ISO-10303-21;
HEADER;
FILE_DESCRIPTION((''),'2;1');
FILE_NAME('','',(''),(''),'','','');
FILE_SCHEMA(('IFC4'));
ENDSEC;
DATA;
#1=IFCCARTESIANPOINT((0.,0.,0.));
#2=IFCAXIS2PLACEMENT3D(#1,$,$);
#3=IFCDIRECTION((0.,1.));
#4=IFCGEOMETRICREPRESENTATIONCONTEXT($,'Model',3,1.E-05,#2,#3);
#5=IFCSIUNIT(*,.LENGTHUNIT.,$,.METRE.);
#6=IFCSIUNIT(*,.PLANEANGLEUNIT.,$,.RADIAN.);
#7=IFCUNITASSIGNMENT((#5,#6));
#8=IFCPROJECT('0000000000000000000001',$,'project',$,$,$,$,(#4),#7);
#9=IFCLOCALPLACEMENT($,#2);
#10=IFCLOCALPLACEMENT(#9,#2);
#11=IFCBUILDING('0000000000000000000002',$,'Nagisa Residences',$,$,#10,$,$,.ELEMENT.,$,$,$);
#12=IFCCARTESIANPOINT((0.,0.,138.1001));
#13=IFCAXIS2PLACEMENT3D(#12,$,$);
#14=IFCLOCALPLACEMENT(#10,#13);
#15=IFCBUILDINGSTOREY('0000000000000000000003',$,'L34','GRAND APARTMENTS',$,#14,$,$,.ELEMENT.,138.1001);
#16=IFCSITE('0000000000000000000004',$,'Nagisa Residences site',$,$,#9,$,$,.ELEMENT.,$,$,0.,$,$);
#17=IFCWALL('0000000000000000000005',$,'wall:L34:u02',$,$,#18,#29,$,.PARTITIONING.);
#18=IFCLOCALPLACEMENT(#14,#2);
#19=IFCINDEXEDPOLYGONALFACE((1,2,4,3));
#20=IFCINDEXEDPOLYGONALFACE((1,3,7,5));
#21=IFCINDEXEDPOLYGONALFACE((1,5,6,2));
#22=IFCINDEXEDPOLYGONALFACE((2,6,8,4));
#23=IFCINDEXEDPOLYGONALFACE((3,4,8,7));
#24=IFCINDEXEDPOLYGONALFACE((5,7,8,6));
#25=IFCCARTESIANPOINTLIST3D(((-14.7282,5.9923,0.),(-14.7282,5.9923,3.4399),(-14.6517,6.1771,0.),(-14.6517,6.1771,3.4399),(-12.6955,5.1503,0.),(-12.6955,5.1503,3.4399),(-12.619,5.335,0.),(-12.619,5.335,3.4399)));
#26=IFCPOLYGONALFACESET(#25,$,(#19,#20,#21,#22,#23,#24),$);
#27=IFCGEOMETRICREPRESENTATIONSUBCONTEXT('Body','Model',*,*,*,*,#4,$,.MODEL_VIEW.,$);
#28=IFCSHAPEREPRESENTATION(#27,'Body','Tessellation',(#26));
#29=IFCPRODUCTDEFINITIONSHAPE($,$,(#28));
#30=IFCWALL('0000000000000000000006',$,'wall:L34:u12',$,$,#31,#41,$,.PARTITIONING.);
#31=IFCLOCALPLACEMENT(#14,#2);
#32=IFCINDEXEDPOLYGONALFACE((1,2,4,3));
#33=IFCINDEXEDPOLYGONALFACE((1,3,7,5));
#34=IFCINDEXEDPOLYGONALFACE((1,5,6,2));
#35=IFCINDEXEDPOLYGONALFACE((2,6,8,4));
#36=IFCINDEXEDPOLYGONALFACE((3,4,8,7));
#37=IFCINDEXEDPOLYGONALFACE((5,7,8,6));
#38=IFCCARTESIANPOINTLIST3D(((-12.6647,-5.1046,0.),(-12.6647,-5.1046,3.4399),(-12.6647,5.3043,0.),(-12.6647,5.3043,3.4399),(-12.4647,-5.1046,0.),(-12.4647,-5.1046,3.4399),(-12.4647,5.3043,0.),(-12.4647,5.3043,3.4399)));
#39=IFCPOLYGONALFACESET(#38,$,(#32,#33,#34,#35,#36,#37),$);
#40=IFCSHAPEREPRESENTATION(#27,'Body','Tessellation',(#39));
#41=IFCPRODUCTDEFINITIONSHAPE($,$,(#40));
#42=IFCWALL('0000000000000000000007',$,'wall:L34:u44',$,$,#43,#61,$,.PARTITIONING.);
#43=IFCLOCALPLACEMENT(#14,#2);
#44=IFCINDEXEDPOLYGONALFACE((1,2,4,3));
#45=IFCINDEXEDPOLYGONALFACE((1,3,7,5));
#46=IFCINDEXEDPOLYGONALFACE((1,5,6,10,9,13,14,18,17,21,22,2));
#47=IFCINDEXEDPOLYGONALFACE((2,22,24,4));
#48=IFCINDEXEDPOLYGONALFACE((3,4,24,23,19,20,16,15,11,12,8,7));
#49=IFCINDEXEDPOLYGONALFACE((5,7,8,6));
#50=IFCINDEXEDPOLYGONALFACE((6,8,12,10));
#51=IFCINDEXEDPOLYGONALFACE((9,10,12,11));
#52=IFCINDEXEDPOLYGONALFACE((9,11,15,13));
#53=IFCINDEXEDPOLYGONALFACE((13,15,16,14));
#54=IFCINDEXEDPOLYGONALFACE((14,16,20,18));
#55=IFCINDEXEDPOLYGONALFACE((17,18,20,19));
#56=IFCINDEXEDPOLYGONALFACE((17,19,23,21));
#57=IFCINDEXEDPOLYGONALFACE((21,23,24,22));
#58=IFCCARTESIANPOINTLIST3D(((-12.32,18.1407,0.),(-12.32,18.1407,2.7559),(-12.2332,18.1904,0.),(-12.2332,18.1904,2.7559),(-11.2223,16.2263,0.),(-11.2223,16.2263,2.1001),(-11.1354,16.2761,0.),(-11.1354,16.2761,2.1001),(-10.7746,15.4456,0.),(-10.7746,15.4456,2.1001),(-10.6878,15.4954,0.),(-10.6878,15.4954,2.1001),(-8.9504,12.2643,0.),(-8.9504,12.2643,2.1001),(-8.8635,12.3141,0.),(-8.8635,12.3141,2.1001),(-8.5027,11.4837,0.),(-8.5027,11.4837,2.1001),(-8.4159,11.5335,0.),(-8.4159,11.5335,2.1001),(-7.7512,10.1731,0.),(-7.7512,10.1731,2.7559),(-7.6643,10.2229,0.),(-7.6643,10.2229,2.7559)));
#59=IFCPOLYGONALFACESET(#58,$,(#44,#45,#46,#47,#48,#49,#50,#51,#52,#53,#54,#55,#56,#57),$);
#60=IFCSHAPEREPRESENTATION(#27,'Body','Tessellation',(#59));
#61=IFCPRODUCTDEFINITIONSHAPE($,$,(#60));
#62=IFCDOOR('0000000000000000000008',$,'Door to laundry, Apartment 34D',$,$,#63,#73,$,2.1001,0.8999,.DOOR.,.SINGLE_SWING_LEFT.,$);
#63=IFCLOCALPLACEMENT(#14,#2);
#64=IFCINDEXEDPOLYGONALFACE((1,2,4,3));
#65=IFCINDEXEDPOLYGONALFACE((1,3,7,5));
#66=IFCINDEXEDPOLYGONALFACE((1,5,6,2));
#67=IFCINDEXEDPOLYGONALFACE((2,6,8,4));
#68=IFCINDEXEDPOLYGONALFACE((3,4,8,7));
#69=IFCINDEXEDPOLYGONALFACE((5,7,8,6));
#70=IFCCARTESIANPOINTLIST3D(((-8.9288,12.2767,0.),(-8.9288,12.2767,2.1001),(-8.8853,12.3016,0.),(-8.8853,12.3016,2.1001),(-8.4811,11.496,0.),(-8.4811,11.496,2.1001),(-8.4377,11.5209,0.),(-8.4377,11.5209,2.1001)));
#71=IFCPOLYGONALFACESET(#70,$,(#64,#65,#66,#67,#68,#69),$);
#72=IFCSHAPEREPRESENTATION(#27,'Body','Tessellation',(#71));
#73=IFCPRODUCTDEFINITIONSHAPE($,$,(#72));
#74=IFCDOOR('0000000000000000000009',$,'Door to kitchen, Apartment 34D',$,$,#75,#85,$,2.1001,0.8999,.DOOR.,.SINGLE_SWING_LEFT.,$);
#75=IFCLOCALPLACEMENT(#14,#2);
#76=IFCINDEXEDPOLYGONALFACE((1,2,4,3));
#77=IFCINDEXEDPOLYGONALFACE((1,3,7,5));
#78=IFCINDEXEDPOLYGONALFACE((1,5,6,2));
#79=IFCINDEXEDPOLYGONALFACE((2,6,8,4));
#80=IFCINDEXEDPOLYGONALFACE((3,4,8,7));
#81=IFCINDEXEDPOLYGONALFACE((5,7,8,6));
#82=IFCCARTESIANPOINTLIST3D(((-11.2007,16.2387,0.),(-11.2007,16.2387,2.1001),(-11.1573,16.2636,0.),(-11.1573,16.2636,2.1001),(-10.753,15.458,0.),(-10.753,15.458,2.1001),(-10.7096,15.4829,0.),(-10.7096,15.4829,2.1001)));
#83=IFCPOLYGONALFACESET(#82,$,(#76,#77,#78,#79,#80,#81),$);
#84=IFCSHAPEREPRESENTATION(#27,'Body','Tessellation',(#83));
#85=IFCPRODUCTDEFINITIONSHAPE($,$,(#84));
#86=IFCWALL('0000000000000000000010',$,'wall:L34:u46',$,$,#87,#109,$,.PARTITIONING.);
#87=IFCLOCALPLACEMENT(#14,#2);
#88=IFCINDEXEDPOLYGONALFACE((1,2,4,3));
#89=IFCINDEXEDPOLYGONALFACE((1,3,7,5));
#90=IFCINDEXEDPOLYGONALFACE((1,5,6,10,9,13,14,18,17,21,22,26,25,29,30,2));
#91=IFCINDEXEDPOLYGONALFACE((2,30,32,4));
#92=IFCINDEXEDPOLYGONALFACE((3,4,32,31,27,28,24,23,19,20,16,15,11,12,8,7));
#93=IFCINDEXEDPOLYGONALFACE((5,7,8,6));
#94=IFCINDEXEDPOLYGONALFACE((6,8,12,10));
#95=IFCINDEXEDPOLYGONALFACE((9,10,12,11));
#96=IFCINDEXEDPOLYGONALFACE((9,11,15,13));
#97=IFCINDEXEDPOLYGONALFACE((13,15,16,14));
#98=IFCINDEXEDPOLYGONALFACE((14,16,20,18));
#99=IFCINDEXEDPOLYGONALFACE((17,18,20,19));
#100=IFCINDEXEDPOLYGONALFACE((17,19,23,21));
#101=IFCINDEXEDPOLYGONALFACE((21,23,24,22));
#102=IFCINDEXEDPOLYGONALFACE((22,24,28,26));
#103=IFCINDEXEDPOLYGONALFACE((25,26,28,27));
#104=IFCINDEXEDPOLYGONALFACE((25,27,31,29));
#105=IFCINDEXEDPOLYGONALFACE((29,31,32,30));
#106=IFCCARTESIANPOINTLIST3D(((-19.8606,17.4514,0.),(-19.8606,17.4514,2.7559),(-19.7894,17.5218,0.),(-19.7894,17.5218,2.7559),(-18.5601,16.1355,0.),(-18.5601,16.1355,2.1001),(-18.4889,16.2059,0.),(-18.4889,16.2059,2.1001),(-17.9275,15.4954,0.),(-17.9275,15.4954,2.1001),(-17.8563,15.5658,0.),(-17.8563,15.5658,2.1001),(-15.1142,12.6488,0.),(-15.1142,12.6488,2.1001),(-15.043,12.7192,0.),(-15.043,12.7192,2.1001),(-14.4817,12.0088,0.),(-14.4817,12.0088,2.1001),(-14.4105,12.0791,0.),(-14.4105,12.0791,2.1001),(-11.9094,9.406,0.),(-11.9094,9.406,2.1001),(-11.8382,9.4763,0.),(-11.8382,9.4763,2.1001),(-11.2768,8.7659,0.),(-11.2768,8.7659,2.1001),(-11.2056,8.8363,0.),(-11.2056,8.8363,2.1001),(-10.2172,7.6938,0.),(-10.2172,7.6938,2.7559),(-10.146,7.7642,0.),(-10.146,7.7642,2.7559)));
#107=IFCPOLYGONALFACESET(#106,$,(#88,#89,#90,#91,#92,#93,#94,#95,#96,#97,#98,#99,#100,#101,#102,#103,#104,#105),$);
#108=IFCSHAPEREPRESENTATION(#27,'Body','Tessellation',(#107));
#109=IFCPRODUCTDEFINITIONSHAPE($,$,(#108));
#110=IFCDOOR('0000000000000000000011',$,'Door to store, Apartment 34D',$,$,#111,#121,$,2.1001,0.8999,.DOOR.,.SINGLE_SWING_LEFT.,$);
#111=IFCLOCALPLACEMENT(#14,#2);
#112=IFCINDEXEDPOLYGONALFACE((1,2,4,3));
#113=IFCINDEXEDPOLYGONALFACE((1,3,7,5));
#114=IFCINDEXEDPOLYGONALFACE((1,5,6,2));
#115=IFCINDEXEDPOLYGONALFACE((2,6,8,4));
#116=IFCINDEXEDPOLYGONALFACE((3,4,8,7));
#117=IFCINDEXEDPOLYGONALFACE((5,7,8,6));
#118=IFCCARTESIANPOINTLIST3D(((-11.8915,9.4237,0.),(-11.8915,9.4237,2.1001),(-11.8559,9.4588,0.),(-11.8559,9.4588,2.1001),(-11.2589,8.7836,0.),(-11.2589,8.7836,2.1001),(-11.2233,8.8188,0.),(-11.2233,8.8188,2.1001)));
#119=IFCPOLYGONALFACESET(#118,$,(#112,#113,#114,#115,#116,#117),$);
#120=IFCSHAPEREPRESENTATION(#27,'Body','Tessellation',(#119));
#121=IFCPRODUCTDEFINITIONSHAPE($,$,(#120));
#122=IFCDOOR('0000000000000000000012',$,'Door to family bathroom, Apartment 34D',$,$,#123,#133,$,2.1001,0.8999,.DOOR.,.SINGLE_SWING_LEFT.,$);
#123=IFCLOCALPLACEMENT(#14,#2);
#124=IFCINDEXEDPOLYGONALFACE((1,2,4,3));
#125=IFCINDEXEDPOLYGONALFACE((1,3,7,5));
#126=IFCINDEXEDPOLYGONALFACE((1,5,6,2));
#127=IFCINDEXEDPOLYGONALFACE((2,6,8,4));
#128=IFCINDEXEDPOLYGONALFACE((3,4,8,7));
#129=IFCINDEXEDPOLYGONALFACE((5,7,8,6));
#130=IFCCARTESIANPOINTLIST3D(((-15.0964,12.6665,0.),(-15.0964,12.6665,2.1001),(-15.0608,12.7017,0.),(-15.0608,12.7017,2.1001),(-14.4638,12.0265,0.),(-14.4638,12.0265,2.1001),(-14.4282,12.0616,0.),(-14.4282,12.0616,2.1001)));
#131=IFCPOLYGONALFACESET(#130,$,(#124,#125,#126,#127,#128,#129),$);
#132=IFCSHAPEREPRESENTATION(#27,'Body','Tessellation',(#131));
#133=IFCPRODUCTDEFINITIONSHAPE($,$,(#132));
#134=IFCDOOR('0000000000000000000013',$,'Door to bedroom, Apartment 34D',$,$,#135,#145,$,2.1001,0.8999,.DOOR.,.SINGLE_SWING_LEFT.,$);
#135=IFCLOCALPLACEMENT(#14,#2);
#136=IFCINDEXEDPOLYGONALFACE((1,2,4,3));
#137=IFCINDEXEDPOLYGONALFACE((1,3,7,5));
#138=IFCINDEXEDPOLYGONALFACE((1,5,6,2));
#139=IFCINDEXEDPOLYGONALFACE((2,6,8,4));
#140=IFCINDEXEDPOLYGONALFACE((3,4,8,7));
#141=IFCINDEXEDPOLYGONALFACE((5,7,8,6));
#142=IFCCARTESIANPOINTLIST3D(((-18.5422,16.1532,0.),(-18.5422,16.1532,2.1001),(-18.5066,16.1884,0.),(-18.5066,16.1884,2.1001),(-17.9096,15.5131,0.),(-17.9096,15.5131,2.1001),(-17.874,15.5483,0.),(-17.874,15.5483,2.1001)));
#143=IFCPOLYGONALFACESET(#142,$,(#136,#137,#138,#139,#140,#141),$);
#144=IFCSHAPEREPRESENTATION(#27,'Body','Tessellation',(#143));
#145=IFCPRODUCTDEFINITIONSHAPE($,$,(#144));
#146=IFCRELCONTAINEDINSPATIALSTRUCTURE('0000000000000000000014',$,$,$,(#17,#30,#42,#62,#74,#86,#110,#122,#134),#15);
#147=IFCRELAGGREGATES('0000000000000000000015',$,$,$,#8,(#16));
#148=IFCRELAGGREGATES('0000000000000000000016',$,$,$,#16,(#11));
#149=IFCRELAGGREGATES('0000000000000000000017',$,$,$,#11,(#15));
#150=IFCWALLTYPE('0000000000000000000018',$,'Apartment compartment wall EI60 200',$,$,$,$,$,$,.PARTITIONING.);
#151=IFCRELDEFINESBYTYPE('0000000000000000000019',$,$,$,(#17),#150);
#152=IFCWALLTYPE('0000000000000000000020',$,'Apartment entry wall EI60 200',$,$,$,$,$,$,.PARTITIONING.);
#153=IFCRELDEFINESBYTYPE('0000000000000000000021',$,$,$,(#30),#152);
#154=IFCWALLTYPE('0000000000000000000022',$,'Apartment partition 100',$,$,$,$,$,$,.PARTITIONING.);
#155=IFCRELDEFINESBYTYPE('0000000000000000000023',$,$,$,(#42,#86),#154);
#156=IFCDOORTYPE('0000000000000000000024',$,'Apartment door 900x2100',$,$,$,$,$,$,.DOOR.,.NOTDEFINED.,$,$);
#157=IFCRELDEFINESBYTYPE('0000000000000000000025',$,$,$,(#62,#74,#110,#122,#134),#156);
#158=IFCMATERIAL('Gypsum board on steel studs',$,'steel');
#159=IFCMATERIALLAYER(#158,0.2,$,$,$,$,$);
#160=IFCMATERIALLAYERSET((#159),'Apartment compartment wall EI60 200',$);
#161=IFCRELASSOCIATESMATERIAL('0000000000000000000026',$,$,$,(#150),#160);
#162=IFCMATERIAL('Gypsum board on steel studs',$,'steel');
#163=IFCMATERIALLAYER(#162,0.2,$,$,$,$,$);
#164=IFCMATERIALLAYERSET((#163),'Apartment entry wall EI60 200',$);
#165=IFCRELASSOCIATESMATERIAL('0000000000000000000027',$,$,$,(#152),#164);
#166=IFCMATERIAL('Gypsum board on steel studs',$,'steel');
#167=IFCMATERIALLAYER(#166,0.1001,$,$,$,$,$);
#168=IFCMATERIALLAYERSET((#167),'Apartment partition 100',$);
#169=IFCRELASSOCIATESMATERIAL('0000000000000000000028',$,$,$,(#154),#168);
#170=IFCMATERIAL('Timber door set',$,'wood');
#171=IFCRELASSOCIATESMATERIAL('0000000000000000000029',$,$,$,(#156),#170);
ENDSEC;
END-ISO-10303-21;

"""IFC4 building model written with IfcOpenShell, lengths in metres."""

from ifc_helpers import new_model, si_unit, direction, frame, frame_2d, origin, place, context, subcontext, project, spatial, rectangle, extrude, material, layer, layer_set, type_object, element, fill, save


model = new_model("IFC4")

# Units and contexts
model_context = context("Model", 3, precision=1e-05, world=origin(), true_north=direction((0.0, 1.0)))
body_context = subcontext(model_context, "Body", "Model", "MODEL_VIEW")
ifc_project = project(units=[si_unit("LENGTHUNIT", "METRE"), si_unit("PLANEANGLEUNIT", "RADIAN")], contexts=[model_context])

# Site, building, storey
site_placement = place(None, origin())
site = spatial("IfcSite", under=ifc_project, at=site_placement, Name="Nagisa Residences site", CompositionType="ELEMENT", RefElevation=0.0)
building_placement = place(site_placement, origin())
building = spatial("IfcBuilding", under=site, at=building_placement, Name="Nagisa Residences", CompositionType="ELEMENT")
storey_placement = place(building_placement, frame((0.0, 0.0, 138.1001)))
storey = spatial("IfcBuildingStorey", under=building, at=storey_placement, Name="L34", Description="GRAND APARTMENTS", CompositionType="ELEMENT", Elevation=138.1001)

# Walls
ifc_material_1 = material(Name="Gypsum board on steel studs", Category="steel")
ifc_layer_1 = layer(ifc_material_1, 0.2)
ifc_layer_set_1 = layer_set([ifc_layer_1], Name="Apartment compartment wall EI60 200")
wall_type_1 = type_object("IfcWallType", Name="Apartment compartment wall EI60 200", PredefinedType="PARTITIONING", material=ifc_layer_set_1)
wall_1_placement = place(storey_placement, frame((-12.6572, 5.2427, 0.0), z_axis=(0.0, 0.0, 1.0), x_axis=(-0.923869, 0.382708, 0.0)))
element("IfcWall", 1, at=wall_1_placement, inside=storey, type_object=wall_type_1, Name="wall:L34:u02", PredefinedType="PARTITIONING", context=body_context, shape_type="SweptSolid", body=[
    extrude(rectangle(XDim=2.2002, YDim=0.2, at=frame_2d((1.1001, 0.0))), origin(), (0.0, 0.0, 1.0), 3.4399),
])
ifc_material_2 = material(Name="Gypsum board on steel studs", Category="steel")
ifc_layer_2 = layer(ifc_material_2, 0.2)
ifc_layer_set_2 = layer_set([ifc_layer_2], Name="Apartment entry wall EI60 200")
wall_type_2 = type_object("IfcWallType", Name="Apartment entry wall EI60 200", PredefinedType="PARTITIONING", material=ifc_layer_set_2)
wall_2_placement = place(storey_placement, frame((-12.5647, 5.3044, 0.0), z_axis=(0.0, 0.0, 1.0), x_axis=(0.0, -1.0, 0.0)))
element("IfcWall", 2, at=wall_2_placement, inside=storey, type_object=wall_type_2, Name="wall:L34:u12", PredefinedType="PARTITIONING", context=body_context, shape_type="SweptSolid", body=[
    extrude(rectangle(XDim=10.4089, YDim=0.2, at=frame_2d((5.2046, 0.0))), origin(), (0.0, 0.0, 1.0), 3.4399),
])

# Walls, openings, doors
ifc_material_3 = material(Name="Gypsum board on steel studs", Category="steel")
ifc_layer_3 = layer(ifc_material_3, 0.1001)
ifc_layer_set_3 = layer_set([ifc_layer_3], Name="Apartment partition 100")
wall_type_3 = type_object("IfcWallType", Name="Apartment partition 100", PredefinedType="PARTITIONING", material=ifc_layer_set_3)
wall_3_placement = place(storey_placement, frame((-7.7078, 10.198, 0.0), z_axis=(0.0, 0.0, 1.0), x_axis=(-0.497449, 0.867493, 0.0)))
wall_3 = element("IfcWall", 3, at=wall_3_placement, inside=storey, type_object=wall_type_3, Name="wall:L34:u44", PredefinedType="PARTITIONING", context=body_context, shape_type="SweptSolid", body=[
    extrude(rectangle(XDim=9.1846, YDim=0.1001, at=frame_2d((4.5923, 0.0))), origin(), (0.0, 0.0, 1.0), 2.7559),
])
opening_1_placement = place(wall_3_placement, frame((1.5107, 0.0, 0.0)))
opening_1 = element("IfcOpeningElement", 4, at=opening_1_placement, cuts=wall_3, PredefinedType="OPENING", context=body_context, shape_type="SweptSolid", body=[
    extrude(rectangle(XDim=0.8999, YDim=2.1001, at=frame_2d((0.45, 1.05))), frame((0.0, 0.0601, 0.0), z_axis=(0.0, -1.0, 0.0), x_axis=(1.0, 0.0, 0.0)), (0.0, 0.0, 1.0), 0.1201),
])
opening_2_placement = place(wall_3_placement, frame((6.0779, 0.0, 0.0)))
opening_2 = element("IfcOpeningElement", 5, at=opening_2_placement, cuts=wall_3, PredefinedType="OPENING", context=body_context, shape_type="SweptSolid", body=[
    extrude(rectangle(XDim=0.8999, YDim=2.1001, at=frame_2d((0.45, 1.05))), frame((0.0, 0.0601, 0.0), z_axis=(0.0, -1.0, 0.0), x_axis=(1.0, 0.0, 0.0)), (0.0, 0.0, 1.0), 0.1201),
])
ifc_material_4 = material(Name="Timber door set", Category="wood")
door_type_1 = type_object("IfcDoorType", Name="Apartment door 900x2100", OperationType="NOTDEFINED", PredefinedType="DOOR", material=ifc_material_4)
door_1_placement = place(opening_1_placement, frame((0.8999, 0.0, 0.0), x_axis=(-1.0, 0.0, 0.0)))
door_1 = element("IfcDoor", 6, at=door_1_placement, inside=storey, type_object=door_type_1, Name="Door to laundry, Apartment 34D", OperationType="SINGLE_SWING_LEFT", OverallHeight=2.1001, OverallWidth=0.8999, PredefinedType="DOOR", context=body_context, shape_type="SweptSolid", body=[
    extrude(rectangle(XDim=0.8999, YDim=2.1001, at=frame_2d((0.45, 1.05))), frame((0.0, 0.0249, 0.0), z_axis=(0.0, -1.0, 0.0), x_axis=(1.0, 0.0, 0.0)), (0.0, 0.0, 1.0), 0.05),
])
fill(opening_1, door_1)
door_2_placement = place(opening_2_placement, frame((0.8999, 0.0, 0.0), x_axis=(-1.0, 0.0, 0.0)))
door_2 = element("IfcDoor", 7, at=door_2_placement, inside=storey, type_object=door_type_1, Name="Door to kitchen, Apartment 34D", OperationType="SINGLE_SWING_LEFT", OverallHeight=2.1001, OverallWidth=0.8999, PredefinedType="DOOR", context=body_context, shape_type="SweptSolid", body=[
    extrude(rectangle(XDim=0.8999, YDim=2.1001, at=frame_2d((0.45, 1.05))), frame((0.0, 0.0249, 0.0), z_axis=(0.0, -1.0, 0.0), x_axis=(1.0, 0.0, 0.0)), (0.0, 0.0, 1.0), 0.05),
])
fill(opening_2, door_2)
wall_4_placement = place(storey_placement, frame((-10.1816, 7.729, 0.0), z_axis=(0.0, 0.0, 1.0), x_axis=(-0.70293, 0.711259, 0.0)))
wall_4 = element("IfcWall", 8, at=wall_4_placement, inside=storey, type_object=wall_type_3, Name="wall:L34:u46", PredefinedType="PARTITIONING", context=body_context, shape_type="SweptSolid", body=[
    extrude(rectangle(XDim=13.7188, YDim=0.1001, at=frame_2d((6.8594, 0.0))), origin(), (0.0, 0.0, 1.0), 2.7559),
])
opening_3_placement = place(wall_4_placement, frame((1.5073, 0.0, 0.0)))
opening_3 = element("IfcOpeningElement", 9, at=opening_3_placement, cuts=wall_4, PredefinedType="OPENING", context=body_context, shape_type="SweptSolid", body=[
    extrude(rectangle(XDim=0.8999, YDim=2.1001, at=frame_2d((0.45, 1.05))), frame((0.0, 0.0601, 0.0), z_axis=(0.0, -1.0, 0.0), x_axis=(1.0, 0.0, 0.0)), (0.0, 0.0, 1.0), 0.1201),
])
opening_4_placement = place(wall_4_placement, frame((6.0667, 0.0, 0.0)))
opening_4 = element("IfcOpeningElement", 10, at=opening_4_placement, cuts=wall_4, PredefinedType="OPENING", context=body_context, shape_type="SweptSolid", body=[
    extrude(rectangle(XDim=0.8999, YDim=2.1001, at=frame_2d((0.45, 1.05))), frame((0.0, 0.0601, 0.0), z_axis=(0.0, -1.0, 0.0), x_axis=(1.0, 0.0, 0.0)), (0.0, 0.0, 1.0), 0.1201),
])
opening_5_placement = place(wall_4_placement, frame((10.9688, 0.0, 0.0)))
opening_5 = element("IfcOpeningElement", 11, at=opening_5_placement, cuts=wall_4, PredefinedType="OPENING", context=body_context, shape_type="SweptSolid", body=[
    extrude(rectangle(XDim=0.8999, YDim=2.1001, at=frame_2d((0.45, 1.05))), frame((0.0, 0.0601, 0.0), z_axis=(0.0, -1.0, 0.0), x_axis=(1.0, 0.0, 0.0)), (0.0, 0.0, 1.0), 0.1201),
])
door_3_placement = place(opening_3_placement, origin())
door_3 = element("IfcDoor", 12, at=door_3_placement, inside=storey, type_object=door_type_1, Name="Door to store, Apartment 34D", OperationType="SINGLE_SWING_LEFT", OverallHeight=2.1001, OverallWidth=0.8999, PredefinedType="DOOR", context=body_context, shape_type="SweptSolid", body=[
    extrude(rectangle(XDim=0.8999, YDim=2.1001, at=frame_2d((0.45, 1.05))), frame((0.0, 0.0249, 0.0), z_axis=(0.0, -1.0, 0.0), x_axis=(1.0, 0.0, 0.0)), (0.0, 0.0, 1.0), 0.05),
])
fill(opening_3, door_3)
door_4_placement = place(opening_4_placement, origin())
door_4 = element("IfcDoor", 13, at=door_4_placement, inside=storey, type_object=door_type_1, Name="Door to family bathroom, Apartment 34D", OperationType="SINGLE_SWING_LEFT", OverallHeight=2.1001, OverallWidth=0.8999, PredefinedType="DOOR", context=body_context, shape_type="SweptSolid", body=[
    extrude(rectangle(XDim=0.8999, YDim=2.1001, at=frame_2d((0.45, 1.05))), frame((0.0, 0.0249, 0.0), z_axis=(0.0, -1.0, 0.0), x_axis=(1.0, 0.0, 0.0)), (0.0, 0.0, 1.0), 0.05),
])
fill(opening_4, door_4)
door_5_placement = place(opening_5_placement, origin())
door_5 = element("IfcDoor", 14, at=door_5_placement, inside=storey, type_object=door_type_1, Name="Door to bedroom, Apartment 34D", OperationType="SINGLE_SWING_LEFT", OverallHeight=2.1001, OverallWidth=0.8999, PredefinedType="DOOR", context=body_context, shape_type="SweptSolid", body=[
    extrude(rectangle(XDim=0.8999, YDim=2.1001, at=frame_2d((0.45, 1.05))), frame((0.0, 0.0249, 0.0), z_axis=(0.0, -1.0, 0.0), x_axis=(1.0, 0.0, 0.0)), (0.0, 0.0, 1.0), 0.05),
])
fill(opening_5, door_5)

save(model, "model.ifc")
